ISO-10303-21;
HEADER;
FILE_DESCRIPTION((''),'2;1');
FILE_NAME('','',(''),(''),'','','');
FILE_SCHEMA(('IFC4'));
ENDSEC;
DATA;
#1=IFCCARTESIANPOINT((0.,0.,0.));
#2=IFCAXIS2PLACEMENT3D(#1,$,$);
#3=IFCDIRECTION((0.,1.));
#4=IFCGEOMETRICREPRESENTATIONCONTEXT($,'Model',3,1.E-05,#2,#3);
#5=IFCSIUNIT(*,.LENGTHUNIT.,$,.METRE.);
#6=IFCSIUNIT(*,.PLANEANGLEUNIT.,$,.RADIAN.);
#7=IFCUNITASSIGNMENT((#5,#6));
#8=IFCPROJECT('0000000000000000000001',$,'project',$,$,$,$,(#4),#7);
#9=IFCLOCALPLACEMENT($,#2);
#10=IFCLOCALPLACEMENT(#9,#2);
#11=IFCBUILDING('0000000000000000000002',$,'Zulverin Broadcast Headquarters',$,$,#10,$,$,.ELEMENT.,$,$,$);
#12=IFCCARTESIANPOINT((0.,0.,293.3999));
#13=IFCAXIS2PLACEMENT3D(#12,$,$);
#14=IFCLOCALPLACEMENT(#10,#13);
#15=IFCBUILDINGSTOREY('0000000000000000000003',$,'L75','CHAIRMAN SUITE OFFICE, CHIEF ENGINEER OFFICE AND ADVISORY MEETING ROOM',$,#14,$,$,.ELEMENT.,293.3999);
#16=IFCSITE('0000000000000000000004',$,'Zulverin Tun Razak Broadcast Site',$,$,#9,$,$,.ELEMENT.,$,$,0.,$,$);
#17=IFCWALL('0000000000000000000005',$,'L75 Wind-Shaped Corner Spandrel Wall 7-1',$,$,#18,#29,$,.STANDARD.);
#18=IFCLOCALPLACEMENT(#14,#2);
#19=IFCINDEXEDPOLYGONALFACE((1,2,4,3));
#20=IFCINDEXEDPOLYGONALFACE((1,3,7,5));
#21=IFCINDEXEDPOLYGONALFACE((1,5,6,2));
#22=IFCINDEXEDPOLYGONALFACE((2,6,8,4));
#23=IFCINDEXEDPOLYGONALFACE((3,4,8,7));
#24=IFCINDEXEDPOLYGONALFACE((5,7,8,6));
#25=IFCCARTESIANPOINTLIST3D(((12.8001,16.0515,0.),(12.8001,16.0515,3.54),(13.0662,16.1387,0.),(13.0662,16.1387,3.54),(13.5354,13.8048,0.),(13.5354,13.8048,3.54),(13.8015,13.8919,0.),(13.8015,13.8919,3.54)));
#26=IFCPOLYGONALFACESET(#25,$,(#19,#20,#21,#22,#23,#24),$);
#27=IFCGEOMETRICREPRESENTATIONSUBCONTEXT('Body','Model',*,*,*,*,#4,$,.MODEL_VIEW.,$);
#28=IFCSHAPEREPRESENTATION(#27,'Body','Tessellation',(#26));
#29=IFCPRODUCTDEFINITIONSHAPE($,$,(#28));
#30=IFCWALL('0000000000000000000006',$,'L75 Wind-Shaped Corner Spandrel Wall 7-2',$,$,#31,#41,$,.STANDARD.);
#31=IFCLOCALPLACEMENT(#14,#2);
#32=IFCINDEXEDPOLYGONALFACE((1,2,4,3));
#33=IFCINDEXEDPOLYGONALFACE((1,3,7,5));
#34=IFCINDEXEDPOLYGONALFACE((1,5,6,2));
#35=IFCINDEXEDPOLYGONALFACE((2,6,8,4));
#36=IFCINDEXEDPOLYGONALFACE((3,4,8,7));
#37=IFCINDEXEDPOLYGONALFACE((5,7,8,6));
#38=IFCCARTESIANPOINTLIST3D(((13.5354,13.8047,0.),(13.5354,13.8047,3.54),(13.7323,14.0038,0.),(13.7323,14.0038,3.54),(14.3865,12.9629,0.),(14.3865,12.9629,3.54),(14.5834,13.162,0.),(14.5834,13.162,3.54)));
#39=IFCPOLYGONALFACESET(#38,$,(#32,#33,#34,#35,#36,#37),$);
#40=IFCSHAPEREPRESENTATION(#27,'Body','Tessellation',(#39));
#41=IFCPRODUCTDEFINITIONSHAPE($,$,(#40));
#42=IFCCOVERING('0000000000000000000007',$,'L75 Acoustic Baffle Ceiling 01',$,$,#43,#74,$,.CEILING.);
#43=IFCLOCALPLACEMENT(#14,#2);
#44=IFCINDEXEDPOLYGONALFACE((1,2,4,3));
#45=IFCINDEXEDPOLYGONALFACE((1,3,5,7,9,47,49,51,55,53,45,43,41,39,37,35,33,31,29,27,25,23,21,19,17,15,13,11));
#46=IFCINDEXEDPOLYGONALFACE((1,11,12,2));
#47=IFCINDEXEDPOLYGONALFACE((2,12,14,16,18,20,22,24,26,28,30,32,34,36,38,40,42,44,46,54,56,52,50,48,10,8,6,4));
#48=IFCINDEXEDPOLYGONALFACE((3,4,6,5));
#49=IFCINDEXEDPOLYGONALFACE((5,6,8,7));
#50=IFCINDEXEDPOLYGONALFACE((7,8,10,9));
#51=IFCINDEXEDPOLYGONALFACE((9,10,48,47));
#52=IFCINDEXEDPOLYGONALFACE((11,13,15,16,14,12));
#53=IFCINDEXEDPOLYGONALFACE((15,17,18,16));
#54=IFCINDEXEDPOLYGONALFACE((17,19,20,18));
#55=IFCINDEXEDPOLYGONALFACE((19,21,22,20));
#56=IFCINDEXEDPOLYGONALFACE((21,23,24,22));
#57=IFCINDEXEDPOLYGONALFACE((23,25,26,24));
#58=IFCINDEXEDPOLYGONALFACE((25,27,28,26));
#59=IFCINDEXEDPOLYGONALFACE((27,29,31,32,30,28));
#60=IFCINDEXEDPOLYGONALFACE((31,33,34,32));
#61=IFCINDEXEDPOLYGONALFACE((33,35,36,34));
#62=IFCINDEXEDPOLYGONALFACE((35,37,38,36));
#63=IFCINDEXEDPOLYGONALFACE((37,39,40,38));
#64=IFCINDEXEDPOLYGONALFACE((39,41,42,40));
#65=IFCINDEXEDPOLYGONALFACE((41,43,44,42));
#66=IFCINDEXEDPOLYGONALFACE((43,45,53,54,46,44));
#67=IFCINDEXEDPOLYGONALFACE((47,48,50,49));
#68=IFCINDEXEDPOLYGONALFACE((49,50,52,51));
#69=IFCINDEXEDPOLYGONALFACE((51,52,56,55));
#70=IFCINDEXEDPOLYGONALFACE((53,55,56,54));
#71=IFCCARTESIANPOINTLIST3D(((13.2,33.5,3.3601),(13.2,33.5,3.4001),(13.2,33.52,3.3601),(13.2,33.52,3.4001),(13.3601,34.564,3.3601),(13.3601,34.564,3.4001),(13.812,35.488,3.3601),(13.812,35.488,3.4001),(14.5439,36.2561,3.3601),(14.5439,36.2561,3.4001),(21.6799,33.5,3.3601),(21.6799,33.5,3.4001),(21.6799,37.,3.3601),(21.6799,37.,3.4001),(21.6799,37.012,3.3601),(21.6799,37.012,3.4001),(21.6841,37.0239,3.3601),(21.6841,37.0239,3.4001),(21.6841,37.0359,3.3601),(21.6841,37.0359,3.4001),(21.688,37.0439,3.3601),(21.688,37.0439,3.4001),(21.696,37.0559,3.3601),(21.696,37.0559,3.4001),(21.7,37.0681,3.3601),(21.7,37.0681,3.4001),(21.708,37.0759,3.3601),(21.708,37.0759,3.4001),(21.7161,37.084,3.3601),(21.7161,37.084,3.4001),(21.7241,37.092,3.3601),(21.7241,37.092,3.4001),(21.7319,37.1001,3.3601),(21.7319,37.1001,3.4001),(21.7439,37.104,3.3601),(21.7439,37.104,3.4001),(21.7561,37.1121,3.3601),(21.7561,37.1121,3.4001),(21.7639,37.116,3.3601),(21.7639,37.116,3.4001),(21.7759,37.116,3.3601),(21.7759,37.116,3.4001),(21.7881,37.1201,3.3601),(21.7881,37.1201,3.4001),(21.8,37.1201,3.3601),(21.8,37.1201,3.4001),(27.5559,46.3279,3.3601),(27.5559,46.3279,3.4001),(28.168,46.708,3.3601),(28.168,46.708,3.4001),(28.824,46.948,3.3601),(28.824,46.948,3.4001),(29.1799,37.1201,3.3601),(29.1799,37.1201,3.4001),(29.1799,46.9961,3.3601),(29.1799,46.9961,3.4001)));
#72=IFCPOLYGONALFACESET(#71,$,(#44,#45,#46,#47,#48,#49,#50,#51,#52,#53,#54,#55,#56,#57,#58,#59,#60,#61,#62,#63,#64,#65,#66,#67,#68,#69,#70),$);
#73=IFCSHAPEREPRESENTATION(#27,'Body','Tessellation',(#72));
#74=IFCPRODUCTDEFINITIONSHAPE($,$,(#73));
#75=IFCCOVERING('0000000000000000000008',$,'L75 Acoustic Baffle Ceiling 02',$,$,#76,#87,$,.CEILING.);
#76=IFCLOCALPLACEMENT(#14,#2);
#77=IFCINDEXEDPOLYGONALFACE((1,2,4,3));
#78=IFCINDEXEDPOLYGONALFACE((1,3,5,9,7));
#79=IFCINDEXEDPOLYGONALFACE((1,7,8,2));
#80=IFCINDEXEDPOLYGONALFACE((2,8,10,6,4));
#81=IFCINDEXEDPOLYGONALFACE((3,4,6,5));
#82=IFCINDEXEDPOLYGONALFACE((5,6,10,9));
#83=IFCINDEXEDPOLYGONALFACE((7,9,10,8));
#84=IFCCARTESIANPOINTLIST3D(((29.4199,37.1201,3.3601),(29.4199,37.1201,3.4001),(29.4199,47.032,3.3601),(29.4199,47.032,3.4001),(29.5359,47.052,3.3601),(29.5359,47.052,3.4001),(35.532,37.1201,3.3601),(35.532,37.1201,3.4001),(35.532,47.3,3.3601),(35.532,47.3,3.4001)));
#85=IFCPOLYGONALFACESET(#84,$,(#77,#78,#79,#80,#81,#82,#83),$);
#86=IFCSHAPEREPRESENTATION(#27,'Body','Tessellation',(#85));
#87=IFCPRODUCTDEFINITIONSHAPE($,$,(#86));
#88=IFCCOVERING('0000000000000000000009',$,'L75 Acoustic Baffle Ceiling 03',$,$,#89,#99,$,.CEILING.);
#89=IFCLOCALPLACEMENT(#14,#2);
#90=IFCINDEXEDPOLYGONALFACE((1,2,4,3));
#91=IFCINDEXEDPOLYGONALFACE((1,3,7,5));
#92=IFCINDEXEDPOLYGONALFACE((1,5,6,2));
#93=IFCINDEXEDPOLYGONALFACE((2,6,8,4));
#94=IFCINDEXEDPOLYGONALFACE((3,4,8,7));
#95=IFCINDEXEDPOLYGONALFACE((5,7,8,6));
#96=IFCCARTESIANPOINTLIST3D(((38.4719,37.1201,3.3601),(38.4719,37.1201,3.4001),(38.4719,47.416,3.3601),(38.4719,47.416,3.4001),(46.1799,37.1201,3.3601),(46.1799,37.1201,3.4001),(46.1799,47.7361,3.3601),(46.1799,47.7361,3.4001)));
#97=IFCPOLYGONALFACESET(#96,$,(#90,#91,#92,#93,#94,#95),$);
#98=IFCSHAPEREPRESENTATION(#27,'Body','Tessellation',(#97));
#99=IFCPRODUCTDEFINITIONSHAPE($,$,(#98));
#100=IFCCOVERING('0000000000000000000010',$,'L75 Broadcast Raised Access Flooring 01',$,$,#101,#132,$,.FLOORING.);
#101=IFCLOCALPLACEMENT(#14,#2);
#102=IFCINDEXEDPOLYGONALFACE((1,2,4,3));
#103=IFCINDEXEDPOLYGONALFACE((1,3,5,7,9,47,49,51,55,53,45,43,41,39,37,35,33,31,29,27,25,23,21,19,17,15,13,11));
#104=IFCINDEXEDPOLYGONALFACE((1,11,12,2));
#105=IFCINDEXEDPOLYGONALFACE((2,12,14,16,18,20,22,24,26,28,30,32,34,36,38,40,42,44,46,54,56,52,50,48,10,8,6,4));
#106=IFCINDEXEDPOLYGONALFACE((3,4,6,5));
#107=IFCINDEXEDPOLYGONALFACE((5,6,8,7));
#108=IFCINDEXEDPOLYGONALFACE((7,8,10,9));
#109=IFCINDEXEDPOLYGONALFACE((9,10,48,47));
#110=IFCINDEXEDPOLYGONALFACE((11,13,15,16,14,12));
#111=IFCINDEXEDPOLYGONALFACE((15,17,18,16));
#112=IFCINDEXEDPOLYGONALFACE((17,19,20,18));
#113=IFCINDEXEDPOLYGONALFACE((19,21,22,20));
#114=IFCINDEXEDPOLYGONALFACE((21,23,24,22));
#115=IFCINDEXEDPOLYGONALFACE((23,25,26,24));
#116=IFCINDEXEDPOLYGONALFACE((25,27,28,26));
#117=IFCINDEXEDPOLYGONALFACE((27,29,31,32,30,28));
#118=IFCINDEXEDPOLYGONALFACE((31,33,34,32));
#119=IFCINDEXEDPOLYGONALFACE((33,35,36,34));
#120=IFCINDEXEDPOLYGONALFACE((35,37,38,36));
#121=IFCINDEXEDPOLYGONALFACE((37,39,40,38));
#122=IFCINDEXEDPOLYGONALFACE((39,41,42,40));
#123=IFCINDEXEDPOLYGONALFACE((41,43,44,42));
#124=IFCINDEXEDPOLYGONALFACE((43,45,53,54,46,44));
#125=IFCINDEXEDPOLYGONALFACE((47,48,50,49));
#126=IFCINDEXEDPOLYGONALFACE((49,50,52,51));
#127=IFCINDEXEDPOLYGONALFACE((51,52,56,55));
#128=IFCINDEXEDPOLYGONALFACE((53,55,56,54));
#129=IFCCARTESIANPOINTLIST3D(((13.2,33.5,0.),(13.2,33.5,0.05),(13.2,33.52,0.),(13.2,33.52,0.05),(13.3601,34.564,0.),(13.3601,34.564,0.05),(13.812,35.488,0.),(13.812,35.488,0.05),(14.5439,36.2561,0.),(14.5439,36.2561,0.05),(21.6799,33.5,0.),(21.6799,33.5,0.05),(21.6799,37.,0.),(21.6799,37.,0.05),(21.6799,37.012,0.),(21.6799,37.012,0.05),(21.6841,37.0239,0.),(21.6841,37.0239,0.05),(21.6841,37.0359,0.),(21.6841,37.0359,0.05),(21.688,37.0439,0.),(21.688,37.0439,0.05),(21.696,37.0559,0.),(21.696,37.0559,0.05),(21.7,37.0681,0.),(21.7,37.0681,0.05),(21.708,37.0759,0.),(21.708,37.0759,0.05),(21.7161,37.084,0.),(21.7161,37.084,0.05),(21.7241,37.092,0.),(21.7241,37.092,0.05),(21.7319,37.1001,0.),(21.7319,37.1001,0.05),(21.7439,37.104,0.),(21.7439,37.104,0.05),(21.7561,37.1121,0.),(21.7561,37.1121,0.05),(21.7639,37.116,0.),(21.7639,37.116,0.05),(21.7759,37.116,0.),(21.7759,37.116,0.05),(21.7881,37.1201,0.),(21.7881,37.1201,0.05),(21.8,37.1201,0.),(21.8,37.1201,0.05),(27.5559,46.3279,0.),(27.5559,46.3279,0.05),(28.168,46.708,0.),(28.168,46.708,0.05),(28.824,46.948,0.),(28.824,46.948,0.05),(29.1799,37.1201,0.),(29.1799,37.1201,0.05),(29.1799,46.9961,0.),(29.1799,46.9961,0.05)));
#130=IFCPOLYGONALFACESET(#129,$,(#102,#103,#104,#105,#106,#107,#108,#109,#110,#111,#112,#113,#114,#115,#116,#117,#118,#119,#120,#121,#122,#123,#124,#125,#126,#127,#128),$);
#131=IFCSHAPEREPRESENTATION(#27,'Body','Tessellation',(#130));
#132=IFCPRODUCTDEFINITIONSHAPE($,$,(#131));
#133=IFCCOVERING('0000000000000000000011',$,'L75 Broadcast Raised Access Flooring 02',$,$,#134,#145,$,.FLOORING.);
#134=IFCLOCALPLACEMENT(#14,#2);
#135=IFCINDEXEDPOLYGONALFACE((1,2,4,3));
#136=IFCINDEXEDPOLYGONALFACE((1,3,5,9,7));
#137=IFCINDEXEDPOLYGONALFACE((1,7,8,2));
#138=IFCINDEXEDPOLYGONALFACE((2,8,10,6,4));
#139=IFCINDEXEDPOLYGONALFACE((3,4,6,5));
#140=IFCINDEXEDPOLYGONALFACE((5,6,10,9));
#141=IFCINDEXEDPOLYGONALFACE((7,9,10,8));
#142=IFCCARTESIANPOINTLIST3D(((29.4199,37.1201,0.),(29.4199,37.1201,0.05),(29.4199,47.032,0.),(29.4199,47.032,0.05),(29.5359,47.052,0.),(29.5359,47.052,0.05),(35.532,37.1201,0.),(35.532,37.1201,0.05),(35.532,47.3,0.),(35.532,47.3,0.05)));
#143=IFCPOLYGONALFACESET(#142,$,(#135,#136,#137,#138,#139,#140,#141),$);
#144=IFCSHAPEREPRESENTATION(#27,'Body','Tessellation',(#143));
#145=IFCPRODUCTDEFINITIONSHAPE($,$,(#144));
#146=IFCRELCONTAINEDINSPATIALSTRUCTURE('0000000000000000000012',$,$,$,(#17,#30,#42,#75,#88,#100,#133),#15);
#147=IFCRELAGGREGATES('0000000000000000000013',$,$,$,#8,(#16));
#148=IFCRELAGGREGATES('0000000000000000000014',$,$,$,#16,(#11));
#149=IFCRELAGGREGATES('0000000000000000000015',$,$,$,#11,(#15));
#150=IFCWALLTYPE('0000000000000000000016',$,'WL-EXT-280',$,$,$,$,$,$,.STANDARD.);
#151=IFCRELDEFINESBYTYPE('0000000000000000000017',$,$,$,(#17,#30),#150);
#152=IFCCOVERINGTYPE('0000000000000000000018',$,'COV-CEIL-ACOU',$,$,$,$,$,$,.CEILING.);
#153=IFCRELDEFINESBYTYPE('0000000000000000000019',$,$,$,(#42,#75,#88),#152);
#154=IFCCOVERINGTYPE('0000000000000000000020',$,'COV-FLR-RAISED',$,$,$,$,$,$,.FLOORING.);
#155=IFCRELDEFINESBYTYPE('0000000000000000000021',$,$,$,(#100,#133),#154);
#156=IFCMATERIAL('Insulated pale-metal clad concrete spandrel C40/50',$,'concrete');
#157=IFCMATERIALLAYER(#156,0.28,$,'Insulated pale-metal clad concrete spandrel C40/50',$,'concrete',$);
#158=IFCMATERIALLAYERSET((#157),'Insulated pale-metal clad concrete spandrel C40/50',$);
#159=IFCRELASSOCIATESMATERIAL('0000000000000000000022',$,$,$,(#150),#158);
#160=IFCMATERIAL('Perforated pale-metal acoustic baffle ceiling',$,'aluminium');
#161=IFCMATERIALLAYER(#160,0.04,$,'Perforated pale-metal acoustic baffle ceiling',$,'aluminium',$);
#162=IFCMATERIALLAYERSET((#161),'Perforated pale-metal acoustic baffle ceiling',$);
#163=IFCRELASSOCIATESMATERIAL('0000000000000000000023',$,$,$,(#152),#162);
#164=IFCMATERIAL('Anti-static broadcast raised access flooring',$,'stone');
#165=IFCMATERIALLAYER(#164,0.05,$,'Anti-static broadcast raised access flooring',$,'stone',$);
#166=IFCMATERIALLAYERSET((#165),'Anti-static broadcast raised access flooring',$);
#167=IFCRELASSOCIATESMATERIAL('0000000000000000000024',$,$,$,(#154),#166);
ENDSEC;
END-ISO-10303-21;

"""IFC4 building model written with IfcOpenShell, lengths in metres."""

from ifc_helpers import new_model, si_unit, direction, frame, frame_2d, origin, place, context, subcontext, project, spatial, polyline, rectangle, outline, extrude, material, layer, layer_set, type_object, element, save


model = new_model("IFC4")

# Units and contexts
model_context = context("Model", 3, precision=1e-05, world=origin(), true_north=direction((0.0, 1.0)))
body_context = subcontext(model_context, "Body", "Model", "MODEL_VIEW")
ifc_project = project(units=[si_unit("LENGTHUNIT", "METRE"), si_unit("PLANEANGLEUNIT", "RADIAN")], contexts=[model_context])

# Site, building, storey
site_placement = place(None, origin())
site = spatial("IfcSite", under=ifc_project, at=site_placement, Name="Zulverin Tun Razak Broadcast Site", CompositionType="ELEMENT", RefElevation=0.0)
building_placement = place(site_placement, origin())
building = spatial("IfcBuilding", under=site, at=building_placement, Name="Zulverin Broadcast Headquarters", CompositionType="ELEMENT")
storey_placement = place(building_placement, frame((0.0, 0.0, 293.3999)))
storey = spatial("IfcBuildingStorey", under=building, at=storey_placement, Name="L75", Description="CHAIRMAN SUITE OFFICE, CHIEF ENGINEER OFFICE AND ADVISORY MEETING ROOM", CompositionType="ELEMENT", Elevation=293.3999)

# Walls
ifc_material_1 = material(Name="Insulated pale-metal clad concrete spandrel C40/50", Category="concrete")
ifc_layer_1 = layer(ifc_material_1, 0.28, Name="Insulated pale-metal clad concrete spandrel C40/50", Category="concrete")
ifc_layer_set_1 = layer_set([ifc_layer_1], Name="Insulated pale-metal clad concrete spandrel C40/50")
wall_type_1 = type_object("IfcWallType", Name="WL-EXT-280", PredefinedType="STANDARD", material=ifc_layer_set_1)
wall_1_placement = place(storey_placement, frame((12.9331, 16.0952, 0.0), z_axis=(0.0, 0.0, 1.0), x_axis=(0.311049, -0.950394, 0.0)))
element("IfcWall", 1, at=wall_1_placement, inside=storey, type_object=wall_type_1, Name="L75 Wind-Shaped Corner Spandrel Wall 7-1", PredefinedType="STANDARD", context=body_context, shape_type="SweptSolid", body=[
    extrude(rectangle(XDim=2.364, YDim=0.28, at=frame_2d((1.1821, 0.0))), origin(), (0.0, 0.0, 1.0), 3.54),
])
wall_2_placement = place(storey_placement, frame((13.6338, 13.9043, 0.0), z_axis=(0.0, 0.0, 1.0), x_axis=(0.710971, -0.703221, 0.0)))
element("IfcWall", 2, at=wall_2_placement, inside=storey, type_object=wall_type_1, Name="L75 Wind-Shaped Corner Spandrel Wall 7-2", PredefinedType="STANDARD", context=body_context, shape_type="SweptSolid", body=[
    extrude(rectangle(XDim=1.197, YDim=0.28, at=frame_2d((0.5986, 0.0))), origin(), (0.0, 0.0, 1.0), 3.54),
])

# Coverings
ifc_material_2 = material(Name="Perforated pale-metal acoustic baffle ceiling", Category="aluminium")
ifc_layer_2 = layer(ifc_material_2, 0.04, Name="Perforated pale-metal acoustic baffle ceiling", Category="aluminium")
ifc_layer_set_2 = layer_set([ifc_layer_2], Name="Perforated pale-metal acoustic baffle ceiling")
covering_type_1 = type_object("IfcCoveringType", Name="COV-CEIL-ACOU", PredefinedType="CEILING", material=ifc_layer_set_2)
covering_1_placement = place(storey_placement, frame((0.0, 0.0, 3.3601)))
element("IfcCovering", 3, at=covering_1_placement, inside=storey, type_object=covering_type_1, Name="L75 Acoustic Baffle Ceiling 01", PredefinedType="CEILING", context=body_context, shape_type="SweptSolid", body=[
    extrude(outline(polyline([(28.168, 46.708), (27.5559, 46.3279), (14.5439, 36.2561), (13.812, 35.488), (13.3601, 34.564), (13.2, 33.52), (13.2, 33.5), (21.6799, 33.5), (21.6799, 37.0), (21.6799, 37.012), (21.6841, 37.0239), (21.6841, 37.0359), (21.688, 37.0439), (21.696, 37.0559), (21.7, 37.0681), (21.708, 37.0759), (21.7161, 37.084), (21.7241, 37.092), (21.7319, 37.1001), (21.7439, 37.104), (21.7561, 37.1121), (21.7639, 37.116), (21.7759, 37.116), (21.7881, 37.1201), (21.8, 37.1201), (29.1799, 37.1201), (29.1799, 46.9961), (28.824, 46.948), (28.168, 46.708)])), origin(), (0.0, 0.0, 1.0), 0.04),
])
covering_2_placement = place(storey_placement, frame((0.0, 0.0, 3.3601)))
element("IfcCovering", 4, at=covering_2_placement, inside=storey, type_object=covering_type_1, Name="L75 Acoustic Baffle Ceiling 02", PredefinedType="CEILING", context=body_context, shape_type="SweptSolid", body=[
    extrude(outline(polyline([(29.5359, 47.052), (29.4199, 47.032), (29.4199, 37.1201), (35.532, 37.1201), (35.532, 47.3), (29.5359, 47.052)])), origin(), (0.0, 0.0, 1.0), 0.04),
])
covering_3_placement = place(storey_placement, frame((0.0, 0.0, 3.3601)))
element("IfcCovering", 5, at=covering_3_placement, inside=storey, type_object=covering_type_1, Name="L75 Acoustic Baffle Ceiling 03", PredefinedType="CEILING", context=body_context, shape_type="SweptSolid", body=[
    extrude(outline(polyline([(38.4719, 47.416), (38.4719, 37.1201), (46.1799, 37.1201), (46.1799, 47.7361), (38.4719, 47.416)])), origin(), (0.0, 0.0, 1.0), 0.04),
])
ifc_material_3 = material(Name="Anti-static broadcast raised access flooring", Category="stone")
ifc_layer_3 = layer(ifc_material_3, 0.05, Name="Anti-static broadcast raised access flooring", Category="stone")
ifc_layer_set_3 = layer_set([ifc_layer_3], Name="Anti-static broadcast raised access flooring")
covering_type_2 = type_object("IfcCoveringType", Name="COV-FLR-RAISED", PredefinedType="FLOORING", material=ifc_layer_set_3)
covering_4_placement = place(storey_placement, origin())
element("IfcCovering", 6, at=covering_4_placement, inside=storey, type_object=covering_type_2, Name="L75 Broadcast Raised Access Flooring 01", PredefinedType="FLOORING", context=body_context, shape_type="SweptSolid", body=[
    extrude(outline(polyline([(28.168, 46.708), (27.5559, 46.3279), (14.5439, 36.2561), (13.812, 35.488), (13.3601, 34.564), (13.2, 33.52), (13.2, 33.5), (21.6799, 33.5), (21.6799, 37.0), (21.6799, 37.012), (21.6841, 37.0239), (21.6841, 37.0359), (21.688, 37.0439), (21.696, 37.0559), (21.7, 37.0681), (21.708, 37.0759), (21.7161, 37.084), (21.7241, 37.092), (21.7319, 37.1001), (21.7439, 37.104), (21.7561, 37.1121), (21.7639, 37.116), (21.7759, 37.116), (21.7881, 37.1201), (21.8, 37.1201), (29.1799, 37.1201), (29.1799, 46.9961), (28.824, 46.948), (28.168, 46.708)])), origin(), (0.0, 0.0, 1.0), 0.05),
])
covering_5_placement = place(storey_placement, origin())
element("IfcCovering", 7, at=covering_5_placement, inside=storey, type_object=covering_type_2, Name="L75 Broadcast Raised Access Flooring 02", PredefinedType="FLOORING", context=body_context, shape_type="SweptSolid", body=[
    extrude(outline(polyline([(29.5359, 47.052), (29.4199, 47.032), (29.4199, 37.1201), (35.532, 37.1201), (35.532, 47.3), (29.5359, 47.052)])), origin(), (0.0, 0.0, 1.0), 0.05),
])

save(model, "model.ifc")
